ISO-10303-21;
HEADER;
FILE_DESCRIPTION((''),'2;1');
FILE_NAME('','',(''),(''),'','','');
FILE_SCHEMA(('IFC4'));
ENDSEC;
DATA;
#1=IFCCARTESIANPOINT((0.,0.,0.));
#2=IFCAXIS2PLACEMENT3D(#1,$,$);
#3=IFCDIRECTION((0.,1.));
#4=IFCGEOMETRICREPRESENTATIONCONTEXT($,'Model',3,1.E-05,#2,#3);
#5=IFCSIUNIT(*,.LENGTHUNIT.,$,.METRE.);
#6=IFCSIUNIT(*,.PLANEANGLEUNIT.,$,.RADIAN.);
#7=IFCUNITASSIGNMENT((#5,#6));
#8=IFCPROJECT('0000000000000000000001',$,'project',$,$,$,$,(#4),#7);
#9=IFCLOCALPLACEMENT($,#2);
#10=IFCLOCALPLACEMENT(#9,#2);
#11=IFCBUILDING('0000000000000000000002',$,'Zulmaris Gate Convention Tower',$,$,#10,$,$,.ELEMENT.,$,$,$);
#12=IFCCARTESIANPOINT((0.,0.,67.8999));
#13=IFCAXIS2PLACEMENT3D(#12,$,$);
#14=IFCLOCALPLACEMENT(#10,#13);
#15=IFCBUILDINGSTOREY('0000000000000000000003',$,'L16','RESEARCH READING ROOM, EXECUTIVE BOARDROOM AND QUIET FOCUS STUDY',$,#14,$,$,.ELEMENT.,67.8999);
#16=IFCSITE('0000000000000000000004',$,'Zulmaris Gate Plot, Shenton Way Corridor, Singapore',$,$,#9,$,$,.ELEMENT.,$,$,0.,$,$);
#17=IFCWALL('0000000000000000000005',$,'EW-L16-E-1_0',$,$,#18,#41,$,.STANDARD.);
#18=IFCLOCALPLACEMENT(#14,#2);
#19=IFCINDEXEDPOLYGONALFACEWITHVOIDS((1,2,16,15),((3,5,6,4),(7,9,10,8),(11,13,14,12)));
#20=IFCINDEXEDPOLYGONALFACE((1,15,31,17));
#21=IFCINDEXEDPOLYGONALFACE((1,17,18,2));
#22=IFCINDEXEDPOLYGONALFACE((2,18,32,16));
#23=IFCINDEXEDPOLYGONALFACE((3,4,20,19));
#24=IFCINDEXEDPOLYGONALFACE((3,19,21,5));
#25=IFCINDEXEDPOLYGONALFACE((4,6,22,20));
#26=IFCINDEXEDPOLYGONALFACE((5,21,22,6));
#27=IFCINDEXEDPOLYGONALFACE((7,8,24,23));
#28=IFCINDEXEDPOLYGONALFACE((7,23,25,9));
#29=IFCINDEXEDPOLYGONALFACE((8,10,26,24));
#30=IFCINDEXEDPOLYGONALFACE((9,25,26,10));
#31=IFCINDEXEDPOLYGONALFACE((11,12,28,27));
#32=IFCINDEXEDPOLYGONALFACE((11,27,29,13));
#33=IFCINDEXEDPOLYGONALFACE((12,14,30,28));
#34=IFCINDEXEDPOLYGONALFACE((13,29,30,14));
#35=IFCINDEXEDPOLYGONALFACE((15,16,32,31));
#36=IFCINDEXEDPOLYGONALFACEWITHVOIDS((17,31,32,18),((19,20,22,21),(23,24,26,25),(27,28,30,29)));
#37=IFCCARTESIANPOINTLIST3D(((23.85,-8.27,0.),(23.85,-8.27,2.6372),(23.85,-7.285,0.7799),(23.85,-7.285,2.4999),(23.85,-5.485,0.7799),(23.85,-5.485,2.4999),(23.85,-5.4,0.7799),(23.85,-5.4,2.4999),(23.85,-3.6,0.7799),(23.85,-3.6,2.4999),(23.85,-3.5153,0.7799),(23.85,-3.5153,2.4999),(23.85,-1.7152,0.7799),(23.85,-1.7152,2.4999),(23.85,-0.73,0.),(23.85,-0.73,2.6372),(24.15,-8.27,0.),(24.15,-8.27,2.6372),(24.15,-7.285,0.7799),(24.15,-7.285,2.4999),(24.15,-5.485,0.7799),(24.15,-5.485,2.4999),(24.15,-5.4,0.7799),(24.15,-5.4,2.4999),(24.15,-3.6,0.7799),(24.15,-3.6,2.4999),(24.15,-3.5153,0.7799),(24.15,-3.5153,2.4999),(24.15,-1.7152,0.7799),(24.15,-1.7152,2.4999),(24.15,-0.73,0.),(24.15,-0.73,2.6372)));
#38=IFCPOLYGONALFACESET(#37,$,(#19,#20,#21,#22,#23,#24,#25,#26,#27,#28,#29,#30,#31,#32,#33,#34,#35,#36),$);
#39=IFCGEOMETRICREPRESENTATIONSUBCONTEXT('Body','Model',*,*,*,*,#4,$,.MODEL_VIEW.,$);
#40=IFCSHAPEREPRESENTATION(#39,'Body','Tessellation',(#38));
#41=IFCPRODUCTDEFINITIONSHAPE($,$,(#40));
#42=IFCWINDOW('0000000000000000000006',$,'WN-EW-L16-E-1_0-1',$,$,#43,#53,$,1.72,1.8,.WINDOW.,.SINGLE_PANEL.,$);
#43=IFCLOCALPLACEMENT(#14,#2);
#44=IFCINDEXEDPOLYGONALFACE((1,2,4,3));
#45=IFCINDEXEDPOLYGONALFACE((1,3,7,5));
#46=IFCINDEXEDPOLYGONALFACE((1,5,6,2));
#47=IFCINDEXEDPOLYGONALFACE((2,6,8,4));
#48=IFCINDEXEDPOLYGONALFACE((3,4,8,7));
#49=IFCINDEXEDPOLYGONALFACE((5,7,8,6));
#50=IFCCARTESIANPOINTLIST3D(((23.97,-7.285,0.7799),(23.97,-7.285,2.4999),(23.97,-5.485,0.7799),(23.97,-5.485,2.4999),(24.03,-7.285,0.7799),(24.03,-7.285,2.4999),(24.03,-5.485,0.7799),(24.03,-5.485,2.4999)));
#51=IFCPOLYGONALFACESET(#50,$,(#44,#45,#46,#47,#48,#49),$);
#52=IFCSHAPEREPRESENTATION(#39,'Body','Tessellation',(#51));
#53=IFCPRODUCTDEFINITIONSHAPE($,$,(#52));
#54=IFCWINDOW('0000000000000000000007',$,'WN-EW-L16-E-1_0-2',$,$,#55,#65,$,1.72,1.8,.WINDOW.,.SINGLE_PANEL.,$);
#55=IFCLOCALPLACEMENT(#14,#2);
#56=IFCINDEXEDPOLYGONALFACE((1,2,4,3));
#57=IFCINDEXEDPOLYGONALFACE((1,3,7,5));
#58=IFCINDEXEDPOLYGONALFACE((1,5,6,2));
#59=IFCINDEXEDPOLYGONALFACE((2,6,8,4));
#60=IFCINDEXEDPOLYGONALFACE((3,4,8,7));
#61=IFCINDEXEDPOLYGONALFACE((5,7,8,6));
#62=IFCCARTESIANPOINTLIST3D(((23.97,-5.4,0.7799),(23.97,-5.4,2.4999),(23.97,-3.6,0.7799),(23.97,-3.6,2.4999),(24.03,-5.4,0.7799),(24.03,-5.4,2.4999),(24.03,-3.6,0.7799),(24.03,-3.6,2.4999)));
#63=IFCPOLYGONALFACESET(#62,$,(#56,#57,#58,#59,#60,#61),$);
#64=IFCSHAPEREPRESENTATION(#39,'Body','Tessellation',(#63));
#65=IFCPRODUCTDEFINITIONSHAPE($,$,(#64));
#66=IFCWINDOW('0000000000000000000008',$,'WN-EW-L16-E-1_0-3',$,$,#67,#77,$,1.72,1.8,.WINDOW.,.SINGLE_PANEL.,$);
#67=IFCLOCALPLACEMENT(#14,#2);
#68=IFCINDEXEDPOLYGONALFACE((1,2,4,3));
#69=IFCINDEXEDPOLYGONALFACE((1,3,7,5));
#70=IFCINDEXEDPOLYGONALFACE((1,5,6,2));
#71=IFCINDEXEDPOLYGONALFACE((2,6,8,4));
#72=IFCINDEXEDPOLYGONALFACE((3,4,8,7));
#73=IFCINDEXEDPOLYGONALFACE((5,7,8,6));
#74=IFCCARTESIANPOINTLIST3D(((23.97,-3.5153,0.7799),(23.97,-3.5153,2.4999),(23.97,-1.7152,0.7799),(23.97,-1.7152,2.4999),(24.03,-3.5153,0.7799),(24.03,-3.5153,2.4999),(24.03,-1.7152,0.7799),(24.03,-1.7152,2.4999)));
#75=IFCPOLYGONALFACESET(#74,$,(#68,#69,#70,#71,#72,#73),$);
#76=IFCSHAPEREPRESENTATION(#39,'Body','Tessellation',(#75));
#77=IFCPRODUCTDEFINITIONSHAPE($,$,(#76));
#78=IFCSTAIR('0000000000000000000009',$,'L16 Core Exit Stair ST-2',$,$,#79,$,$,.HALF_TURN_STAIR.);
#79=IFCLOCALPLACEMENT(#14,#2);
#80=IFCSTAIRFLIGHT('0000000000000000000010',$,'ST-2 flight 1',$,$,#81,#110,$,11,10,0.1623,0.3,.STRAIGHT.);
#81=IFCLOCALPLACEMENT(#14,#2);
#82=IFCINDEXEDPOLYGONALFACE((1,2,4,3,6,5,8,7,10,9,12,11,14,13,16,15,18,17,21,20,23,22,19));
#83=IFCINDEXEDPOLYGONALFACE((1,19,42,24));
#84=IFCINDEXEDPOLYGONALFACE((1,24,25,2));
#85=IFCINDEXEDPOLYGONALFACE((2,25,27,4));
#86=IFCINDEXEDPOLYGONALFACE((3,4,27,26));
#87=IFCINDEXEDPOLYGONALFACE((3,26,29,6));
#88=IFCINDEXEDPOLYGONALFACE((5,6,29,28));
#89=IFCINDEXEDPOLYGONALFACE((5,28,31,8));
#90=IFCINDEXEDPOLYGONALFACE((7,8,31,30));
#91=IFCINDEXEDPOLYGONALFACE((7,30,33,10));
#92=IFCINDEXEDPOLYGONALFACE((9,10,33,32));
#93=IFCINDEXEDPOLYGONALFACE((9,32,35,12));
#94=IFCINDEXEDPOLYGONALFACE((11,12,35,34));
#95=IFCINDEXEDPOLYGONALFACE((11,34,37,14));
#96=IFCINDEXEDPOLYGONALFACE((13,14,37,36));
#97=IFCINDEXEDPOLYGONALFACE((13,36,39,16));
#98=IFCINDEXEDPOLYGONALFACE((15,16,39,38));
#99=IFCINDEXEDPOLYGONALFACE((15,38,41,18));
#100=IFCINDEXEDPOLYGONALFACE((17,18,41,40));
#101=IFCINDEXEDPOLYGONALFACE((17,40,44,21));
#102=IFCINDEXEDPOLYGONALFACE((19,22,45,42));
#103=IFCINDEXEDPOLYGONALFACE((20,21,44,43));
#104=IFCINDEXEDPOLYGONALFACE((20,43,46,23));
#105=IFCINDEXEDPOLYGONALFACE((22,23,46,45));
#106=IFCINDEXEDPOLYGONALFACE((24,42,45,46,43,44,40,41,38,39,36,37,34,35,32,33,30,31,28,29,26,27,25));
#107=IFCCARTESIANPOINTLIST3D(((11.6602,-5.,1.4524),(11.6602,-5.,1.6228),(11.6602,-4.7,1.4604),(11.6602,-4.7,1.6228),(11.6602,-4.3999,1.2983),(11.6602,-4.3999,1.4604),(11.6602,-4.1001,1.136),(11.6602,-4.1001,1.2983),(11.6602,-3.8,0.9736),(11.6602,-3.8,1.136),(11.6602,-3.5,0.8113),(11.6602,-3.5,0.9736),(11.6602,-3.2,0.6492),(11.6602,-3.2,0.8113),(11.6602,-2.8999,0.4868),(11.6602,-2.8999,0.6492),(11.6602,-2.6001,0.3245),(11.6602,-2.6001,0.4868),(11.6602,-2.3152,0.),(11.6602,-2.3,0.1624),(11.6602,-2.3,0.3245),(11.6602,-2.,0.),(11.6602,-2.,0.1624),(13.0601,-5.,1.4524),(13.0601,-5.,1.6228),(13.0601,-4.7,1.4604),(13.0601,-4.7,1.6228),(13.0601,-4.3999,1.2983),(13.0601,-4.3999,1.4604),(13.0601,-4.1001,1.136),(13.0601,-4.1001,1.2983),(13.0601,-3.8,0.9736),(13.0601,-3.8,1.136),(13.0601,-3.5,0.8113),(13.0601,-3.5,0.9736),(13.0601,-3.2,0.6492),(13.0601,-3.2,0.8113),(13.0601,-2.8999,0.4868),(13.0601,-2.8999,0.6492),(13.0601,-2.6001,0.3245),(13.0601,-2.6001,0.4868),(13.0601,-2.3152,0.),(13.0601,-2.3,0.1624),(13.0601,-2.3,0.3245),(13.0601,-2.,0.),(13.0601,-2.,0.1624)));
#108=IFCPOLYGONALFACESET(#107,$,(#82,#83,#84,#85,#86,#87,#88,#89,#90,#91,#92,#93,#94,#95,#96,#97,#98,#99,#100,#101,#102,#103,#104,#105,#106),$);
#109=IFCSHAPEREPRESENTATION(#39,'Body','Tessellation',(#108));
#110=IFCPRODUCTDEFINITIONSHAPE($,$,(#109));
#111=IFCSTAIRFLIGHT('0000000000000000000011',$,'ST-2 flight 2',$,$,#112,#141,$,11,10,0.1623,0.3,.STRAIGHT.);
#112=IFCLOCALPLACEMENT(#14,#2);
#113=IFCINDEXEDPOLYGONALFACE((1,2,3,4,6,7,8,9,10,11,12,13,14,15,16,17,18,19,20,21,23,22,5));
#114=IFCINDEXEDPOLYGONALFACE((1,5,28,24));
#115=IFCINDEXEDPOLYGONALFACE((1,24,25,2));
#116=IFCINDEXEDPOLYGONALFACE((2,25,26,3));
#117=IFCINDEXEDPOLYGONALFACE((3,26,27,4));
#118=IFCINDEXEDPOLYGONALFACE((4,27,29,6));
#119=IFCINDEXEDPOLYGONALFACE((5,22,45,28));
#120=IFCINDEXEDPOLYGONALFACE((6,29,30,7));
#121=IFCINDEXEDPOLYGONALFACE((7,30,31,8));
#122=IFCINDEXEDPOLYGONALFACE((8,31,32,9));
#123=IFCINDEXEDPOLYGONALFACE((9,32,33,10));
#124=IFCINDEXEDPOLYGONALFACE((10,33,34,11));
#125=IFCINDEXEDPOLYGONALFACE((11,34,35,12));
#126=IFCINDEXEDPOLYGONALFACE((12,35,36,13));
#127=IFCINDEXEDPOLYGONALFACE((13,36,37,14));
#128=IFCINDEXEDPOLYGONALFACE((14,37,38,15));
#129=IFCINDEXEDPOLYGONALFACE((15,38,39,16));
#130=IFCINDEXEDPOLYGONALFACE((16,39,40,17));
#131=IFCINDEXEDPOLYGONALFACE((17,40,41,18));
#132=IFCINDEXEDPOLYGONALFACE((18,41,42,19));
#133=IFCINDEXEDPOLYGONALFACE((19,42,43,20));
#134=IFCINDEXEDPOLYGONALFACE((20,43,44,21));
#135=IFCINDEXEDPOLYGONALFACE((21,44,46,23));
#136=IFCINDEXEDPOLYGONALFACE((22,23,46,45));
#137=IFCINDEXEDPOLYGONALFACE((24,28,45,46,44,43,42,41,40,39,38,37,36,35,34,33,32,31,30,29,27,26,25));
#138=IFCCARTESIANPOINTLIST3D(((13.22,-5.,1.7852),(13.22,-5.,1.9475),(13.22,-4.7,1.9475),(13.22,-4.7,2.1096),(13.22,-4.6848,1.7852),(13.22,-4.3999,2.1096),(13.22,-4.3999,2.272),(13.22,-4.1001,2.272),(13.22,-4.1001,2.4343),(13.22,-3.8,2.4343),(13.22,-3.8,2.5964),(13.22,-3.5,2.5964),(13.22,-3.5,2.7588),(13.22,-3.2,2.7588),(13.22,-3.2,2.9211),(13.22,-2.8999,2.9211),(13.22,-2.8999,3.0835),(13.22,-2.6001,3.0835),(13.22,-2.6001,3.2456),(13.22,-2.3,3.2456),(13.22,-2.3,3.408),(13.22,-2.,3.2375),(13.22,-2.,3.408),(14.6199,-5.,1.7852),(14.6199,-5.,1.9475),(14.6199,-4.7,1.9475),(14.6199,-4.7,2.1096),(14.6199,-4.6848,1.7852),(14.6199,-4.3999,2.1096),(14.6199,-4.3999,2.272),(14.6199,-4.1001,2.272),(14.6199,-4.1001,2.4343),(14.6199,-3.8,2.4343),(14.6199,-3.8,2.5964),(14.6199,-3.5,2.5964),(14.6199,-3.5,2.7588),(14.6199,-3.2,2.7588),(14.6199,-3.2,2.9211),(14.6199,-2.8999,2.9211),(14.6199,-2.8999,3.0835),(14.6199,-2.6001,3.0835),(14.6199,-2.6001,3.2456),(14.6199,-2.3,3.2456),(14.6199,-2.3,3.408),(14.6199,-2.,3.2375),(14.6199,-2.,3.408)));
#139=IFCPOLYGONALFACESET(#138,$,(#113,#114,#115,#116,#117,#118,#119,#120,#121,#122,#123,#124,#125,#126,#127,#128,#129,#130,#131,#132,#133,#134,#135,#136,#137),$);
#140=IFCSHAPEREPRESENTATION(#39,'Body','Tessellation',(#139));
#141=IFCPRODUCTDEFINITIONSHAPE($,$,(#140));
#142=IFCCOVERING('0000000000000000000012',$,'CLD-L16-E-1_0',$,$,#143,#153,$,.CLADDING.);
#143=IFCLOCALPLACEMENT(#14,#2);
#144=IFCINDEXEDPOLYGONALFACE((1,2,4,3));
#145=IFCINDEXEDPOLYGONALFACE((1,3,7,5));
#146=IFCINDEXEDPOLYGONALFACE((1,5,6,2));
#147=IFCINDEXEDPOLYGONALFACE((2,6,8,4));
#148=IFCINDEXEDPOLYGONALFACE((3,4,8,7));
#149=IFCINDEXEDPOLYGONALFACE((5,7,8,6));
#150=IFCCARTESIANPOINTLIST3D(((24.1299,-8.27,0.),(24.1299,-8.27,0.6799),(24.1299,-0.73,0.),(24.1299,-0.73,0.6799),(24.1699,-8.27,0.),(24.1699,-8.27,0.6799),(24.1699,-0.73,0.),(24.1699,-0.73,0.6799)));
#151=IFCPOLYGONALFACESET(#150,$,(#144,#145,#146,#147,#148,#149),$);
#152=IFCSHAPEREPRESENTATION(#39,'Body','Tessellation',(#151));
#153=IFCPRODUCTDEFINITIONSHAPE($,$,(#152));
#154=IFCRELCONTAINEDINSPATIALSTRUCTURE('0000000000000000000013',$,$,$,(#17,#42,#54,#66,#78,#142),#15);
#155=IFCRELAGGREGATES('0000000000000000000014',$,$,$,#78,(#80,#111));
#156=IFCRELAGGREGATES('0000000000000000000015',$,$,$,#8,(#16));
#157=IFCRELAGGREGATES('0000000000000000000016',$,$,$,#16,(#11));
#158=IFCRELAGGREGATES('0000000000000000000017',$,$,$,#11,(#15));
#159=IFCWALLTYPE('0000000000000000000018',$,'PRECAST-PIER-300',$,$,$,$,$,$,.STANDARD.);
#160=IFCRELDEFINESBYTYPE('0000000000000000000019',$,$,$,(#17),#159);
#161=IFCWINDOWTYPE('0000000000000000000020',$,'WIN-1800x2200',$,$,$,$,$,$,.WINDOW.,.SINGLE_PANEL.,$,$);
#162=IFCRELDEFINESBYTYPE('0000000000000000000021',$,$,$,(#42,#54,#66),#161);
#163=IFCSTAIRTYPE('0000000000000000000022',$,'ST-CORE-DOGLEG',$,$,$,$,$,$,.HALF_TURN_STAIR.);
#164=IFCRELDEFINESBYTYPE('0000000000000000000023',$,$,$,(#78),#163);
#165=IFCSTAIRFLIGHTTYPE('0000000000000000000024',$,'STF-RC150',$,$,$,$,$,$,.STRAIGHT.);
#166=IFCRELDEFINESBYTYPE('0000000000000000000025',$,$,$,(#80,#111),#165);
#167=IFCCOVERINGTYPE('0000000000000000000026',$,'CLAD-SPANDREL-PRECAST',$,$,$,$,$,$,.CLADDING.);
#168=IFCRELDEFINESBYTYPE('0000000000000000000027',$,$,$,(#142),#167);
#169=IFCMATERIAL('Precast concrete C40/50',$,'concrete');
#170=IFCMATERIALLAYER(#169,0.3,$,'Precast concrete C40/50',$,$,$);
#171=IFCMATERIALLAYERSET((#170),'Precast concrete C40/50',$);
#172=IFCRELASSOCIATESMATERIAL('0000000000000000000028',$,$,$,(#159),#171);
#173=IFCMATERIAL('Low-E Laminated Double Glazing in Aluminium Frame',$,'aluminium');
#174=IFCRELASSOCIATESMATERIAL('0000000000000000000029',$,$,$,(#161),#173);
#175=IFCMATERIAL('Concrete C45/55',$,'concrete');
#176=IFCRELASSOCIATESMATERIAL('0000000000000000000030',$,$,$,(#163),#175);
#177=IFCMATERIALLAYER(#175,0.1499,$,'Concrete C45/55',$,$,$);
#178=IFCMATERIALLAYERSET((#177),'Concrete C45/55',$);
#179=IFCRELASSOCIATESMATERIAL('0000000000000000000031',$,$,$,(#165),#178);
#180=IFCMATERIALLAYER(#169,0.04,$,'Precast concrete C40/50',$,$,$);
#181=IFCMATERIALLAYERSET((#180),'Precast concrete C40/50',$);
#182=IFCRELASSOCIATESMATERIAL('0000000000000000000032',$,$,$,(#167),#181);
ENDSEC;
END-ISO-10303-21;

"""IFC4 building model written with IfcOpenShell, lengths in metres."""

from ifc_helpers import new_model, si_unit, direction, frame, frame_2d, origin, place, context, subcontext, project, spatial, polyline, rectangle, outline, extrude, material, layer, layer_set, type_object, element, fill, aggregate, save


model = new_model("IFC4")

# Units and contexts
model_context = context("Model", 3, precision=1e-05, world=origin(), true_north=direction((0.0, 1.0)))
body_context = subcontext(model_context, "Body", "Model", "MODEL_VIEW")
ifc_project = project(units=[si_unit("LENGTHUNIT", "METRE"), si_unit("PLANEANGLEUNIT", "RADIAN")], contexts=[model_context])

# Site, building, storey
site_placement = place(None, origin())
site = spatial("IfcSite", under=ifc_project, at=site_placement, Name="Zulmaris Gate Plot, Shenton Way Corridor, Singapore", CompositionType="ELEMENT", RefElevation=0.0)
building_placement = place(site_placement, origin())
building = spatial("IfcBuilding", under=site, at=building_placement, Name="Zulmaris Gate Convention Tower", CompositionType="ELEMENT")
storey_placement = place(building_placement, frame((0.0, 0.0, 67.8999)))
storey = spatial("IfcBuildingStorey", under=building, at=storey_placement, Name="L16", Description="RESEARCH READING ROOM, EXECUTIVE BOARDROOM AND QUIET FOCUS STUDY", CompositionType="ELEMENT", Elevation=67.8999)

# Wall, openings, windows
ifc_material_1 = material(Name="Precast concrete C40/50", Category="concrete")
ifc_layer_1 = layer(ifc_material_1, 0.3, Name="Precast concrete C40/50")
ifc_layer_set_1 = layer_set([ifc_layer_1], Name="Precast concrete C40/50")
wall_type_1 = type_object("IfcWallType", Name="PRECAST-PIER-300", PredefinedType="STANDARD", material=ifc_layer_set_1)
wall_1_placement = place(storey_placement, frame((24.0, -8.27, 0.0), z_axis=(0.0, 0.0, 1.0), x_axis=(0.0, 1.0, 0.0)))
wall_1 = element("IfcWall", 1, at=wall_1_placement, inside=storey, type_object=wall_type_1, Name="EW-L16-E-1_0", PredefinedType="STANDARD", context=body_context, shape_type="SweptSolid", body=[
    extrude(rectangle(XDim=7.54, YDim=0.3, at=frame_2d((3.77, 0.0))), origin(), (0.0, 0.0, 1.0), 2.6372),
])
opening_1_placement = place(wall_1_placement, frame((0.9851, 0.0, 0.78)))
opening_1 = element("IfcOpeningElement", 2, at=opening_1_placement, cuts=wall_1, PredefinedType="OPENING", context=body_context, shape_type="SweptSolid", body=[
    extrude(rectangle(XDim=1.8, YDim=1.72, at=frame_2d((0.8999, 0.8599))), frame((0.0, 0.1602, 0.0), z_axis=(0.0, -1.0, 0.0), x_axis=(1.0, 0.0, 0.0)), (0.0, 0.0, 1.0), 0.3201),
])
opening_2_placement = place(wall_1_placement, frame((2.8701, 0.0, 0.78)))
opening_2 = element("IfcOpeningElement", 3, at=opening_2_placement, cuts=wall_1, PredefinedType="OPENING", context=body_context, shape_type="SweptSolid", body=[
    extrude(rectangle(XDim=1.8, YDim=1.72, at=frame_2d((0.8999, 0.8599))), frame((0.0, 0.1602, 0.0), z_axis=(0.0, -1.0, 0.0), x_axis=(1.0, 0.0, 0.0)), (0.0, 0.0, 1.0), 0.3201),
])
opening_3_placement = place(wall_1_placement, frame((4.7549, 0.0, 0.78)))
opening_3 = element("IfcOpeningElement", 4, at=opening_3_placement, cuts=wall_1, PredefinedType="OPENING", context=body_context, shape_type="SweptSolid", body=[
    extrude(rectangle(XDim=1.8, YDim=1.72, at=frame_2d((0.8999, 0.8599))), frame((0.0, 0.1602, 0.0), z_axis=(0.0, -1.0, 0.0), x_axis=(1.0, 0.0, 0.0)), (0.0, 0.0, 1.0), 0.3201),
])
ifc_material_2 = material(Name="Low-E Laminated Double Glazing in Aluminium Frame", Category="aluminium")
window_type = type_object("IfcWindowType", Name="WIN-1800x2200", PartitioningType="SINGLE_PANEL", PredefinedType="WINDOW", material=ifc_material_2)
window_1_placement = place(opening_1_placement, origin())
window_1 = element("IfcWindow", 5, at=window_1_placement, inside=storey, type_object=window_type, Name="WN-EW-L16-E-1_0-1", OverallHeight=1.72, OverallWidth=1.8, PartitioningType="SINGLE_PANEL", PredefinedType="WINDOW", context=body_context, shape_type="SweptSolid", body=[
    extrude(rectangle(XDim=1.8, YDim=1.72, at=frame_2d((0.8999, 0.8599))), frame((0.0, 0.03, 0.0), z_axis=(0.0, -1.0, 0.0), x_axis=(1.0, 0.0, 0.0)), (0.0, 0.0, 1.0), 0.0601),
])
fill(opening_1, window_1)
window_2_placement = place(opening_2_placement, origin())
window_2 = element("IfcWindow", 6, at=window_2_placement, inside=storey, type_object=window_type, Name="WN-EW-L16-E-1_0-2", OverallHeight=1.72, OverallWidth=1.8, PartitioningType="SINGLE_PANEL", PredefinedType="WINDOW", context=body_context, shape_type="SweptSolid", body=[
    extrude(rectangle(XDim=1.8, YDim=1.72, at=frame_2d((0.8999, 0.8599))), frame((0.0, 0.03, 0.0), z_axis=(0.0, -1.0, 0.0), x_axis=(1.0, 0.0, 0.0)), (0.0, 0.0, 1.0), 0.0601),
])
fill(opening_2, window_2)
window_3_placement = place(opening_3_placement, origin())
window_3 = element("IfcWindow", 7, at=window_3_placement, inside=storey, type_object=window_type, Name="WN-EW-L16-E-1_0-3", OverallHeight=1.72, OverallWidth=1.8, PartitioningType="SINGLE_PANEL", PredefinedType="WINDOW", context=body_context, shape_type="SweptSolid", body=[
    extrude(rectangle(XDim=1.8, YDim=1.72, at=frame_2d((0.8999, 0.8599))), frame((0.0, 0.03, 0.0), z_axis=(0.0, -1.0, 0.0), x_axis=(1.0, 0.0, 0.0)), (0.0, 0.0, 1.0), 0.0601),
])
fill(opening_3, window_3)

# Stair, stair flights
ifc_material_3 = material(Name="Concrete C45/55", Category="concrete")
stair_type = type_object("IfcStairType", Name="ST-CORE-DOGLEG", PredefinedType="HALF_TURN_STAIR", material=ifc_material_3)
stair_placement = place(storey_placement, origin())
stair = element("IfcStair", 8, at=stair_placement, inside=storey, type_object=stair_type, Name="L16 Core Exit Stair ST-2", PredefinedType="HALF_TURN_STAIR")
ifc_layer_2 = layer(ifc_material_3, 0.1499, Name="Concrete C45/55")
ifc_layer_set_2 = layer_set([ifc_layer_2], Name="Concrete C45/55")
stair_flight_type = type_object("IfcStairFlightType", Name="STF-RC150", PredefinedType="STRAIGHT", material=ifc_layer_set_2)
stair_flight_1_placement = place(storey_placement, frame((12.3601, -2.0, 0.0), z_axis=(0.0, 0.0, 1.0), x_axis=(0.0, -1.0, 0.0)))
stair_flight_1 = element("IfcStairFlight", 9, at=stair_flight_1_placement, type_object=stair_flight_type, Name="ST-2 flight 1", NumberOfRisers=11, NumberOfTreads=10, PredefinedType="STRAIGHT", RiserHeight=0.1623, TreadLength=0.3, context=body_context, shape_type="SweptSolid", body=[
    extrude(outline(polyline([(0.0, 0.0), (0.0, 0.1624), (0.3, 0.1624), (0.3, 0.3245), (0.6001, 0.3245), (0.6001, 0.4868), (0.8999, 0.4868), (0.8999, 0.6492), (1.2, 0.6492), (1.2, 0.8113), (1.5, 0.8113), (1.5, 0.9736), (1.8, 0.9736), (1.8, 1.136), (2.1001, 1.136), (2.1001, 1.2983), (2.3999, 1.2983), (2.3999, 1.4604), (2.7, 1.4604), (2.7, 1.6228), (3.0, 1.6228), (3.0, 1.7852), (3.0, 1.4524), (0.3152, 0.0), (0.0, 0.0)])), frame((0.0, 0.7, 0.0), z_axis=(0.0, -1.0, 0.0), x_axis=(1.0, 0.0, 0.0)), (0.0, 0.0, 1.0), 1.3999),
])
stair_flight_2_placement = place(storey_placement, frame((13.9199, -5.0, 1.7852), z_axis=(0.0, 0.0, 1.0), x_axis=(0.0, 1.0, 0.0)))
stair_flight_2 = element("IfcStairFlight", 10, at=stair_flight_2_placement, type_object=stair_flight_type, Name="ST-2 flight 2", NumberOfRisers=11, NumberOfTreads=10, PredefinedType="STRAIGHT", RiserHeight=0.1623, TreadLength=0.3, context=body_context, shape_type="SweptSolid", body=[
    extrude(outline(polyline([(0.0, 0.0), (0.0, 0.1624), (0.3, 0.1624), (0.3, 0.3245), (0.6001, 0.3245), (0.6001, 0.4868), (0.8999, 0.4868), (0.8999, 0.6492), (1.2, 0.6492), (1.2, 0.8113), (1.5, 0.8113), (1.5, 0.9736), (1.8, 0.9736), (1.8, 1.136), (2.1001, 1.136), (2.1001, 1.2983), (2.3999, 1.2983), (2.3999, 1.4604), (2.7, 1.4604), (2.7, 1.6228), (3.0, 1.6228), (3.0, 1.7852), (3.0, 1.4524), (0.3152, 0.0), (0.0, 0.0)])), frame((0.0, 0.7, 0.0), z_axis=(0.0, -1.0, 0.0), x_axis=(1.0, 0.0, 0.0)), (0.0, 0.0, 1.0), 1.3999),
])
aggregate(stair, [stair_flight_1, stair_flight_2])

# Covering
ifc_layer_3 = layer(ifc_material_1, 0.04, Name="Precast concrete C40/50")
ifc_layer_set_3 = layer_set([ifc_layer_3], Name="Precast concrete C40/50")
covering_type = type_object("IfcCoveringType", Name="CLAD-SPANDREL-PRECAST", PredefinedType="CLADDING", material=ifc_layer_set_3)
covering_placement = place(storey_placement, frame((24.1499, -8.27, 0.0), z_axis=(0.0, 0.0, 1.0), x_axis=(0.0, 1.0, 0.0)))
element("IfcCovering", 11, at=covering_placement, inside=storey, type_object=covering_type, Name="CLD-L16-E-1_0", PredefinedType="CLADDING", context=body_context, shape_type="SweptSolid", body=[
    extrude(rectangle(XDim=7.54, YDim=0.04, at=frame_2d((3.77, 0.0))), origin(), (0.0, 0.0, 1.0), 0.6799),
])

save(model, "model.ifc")
